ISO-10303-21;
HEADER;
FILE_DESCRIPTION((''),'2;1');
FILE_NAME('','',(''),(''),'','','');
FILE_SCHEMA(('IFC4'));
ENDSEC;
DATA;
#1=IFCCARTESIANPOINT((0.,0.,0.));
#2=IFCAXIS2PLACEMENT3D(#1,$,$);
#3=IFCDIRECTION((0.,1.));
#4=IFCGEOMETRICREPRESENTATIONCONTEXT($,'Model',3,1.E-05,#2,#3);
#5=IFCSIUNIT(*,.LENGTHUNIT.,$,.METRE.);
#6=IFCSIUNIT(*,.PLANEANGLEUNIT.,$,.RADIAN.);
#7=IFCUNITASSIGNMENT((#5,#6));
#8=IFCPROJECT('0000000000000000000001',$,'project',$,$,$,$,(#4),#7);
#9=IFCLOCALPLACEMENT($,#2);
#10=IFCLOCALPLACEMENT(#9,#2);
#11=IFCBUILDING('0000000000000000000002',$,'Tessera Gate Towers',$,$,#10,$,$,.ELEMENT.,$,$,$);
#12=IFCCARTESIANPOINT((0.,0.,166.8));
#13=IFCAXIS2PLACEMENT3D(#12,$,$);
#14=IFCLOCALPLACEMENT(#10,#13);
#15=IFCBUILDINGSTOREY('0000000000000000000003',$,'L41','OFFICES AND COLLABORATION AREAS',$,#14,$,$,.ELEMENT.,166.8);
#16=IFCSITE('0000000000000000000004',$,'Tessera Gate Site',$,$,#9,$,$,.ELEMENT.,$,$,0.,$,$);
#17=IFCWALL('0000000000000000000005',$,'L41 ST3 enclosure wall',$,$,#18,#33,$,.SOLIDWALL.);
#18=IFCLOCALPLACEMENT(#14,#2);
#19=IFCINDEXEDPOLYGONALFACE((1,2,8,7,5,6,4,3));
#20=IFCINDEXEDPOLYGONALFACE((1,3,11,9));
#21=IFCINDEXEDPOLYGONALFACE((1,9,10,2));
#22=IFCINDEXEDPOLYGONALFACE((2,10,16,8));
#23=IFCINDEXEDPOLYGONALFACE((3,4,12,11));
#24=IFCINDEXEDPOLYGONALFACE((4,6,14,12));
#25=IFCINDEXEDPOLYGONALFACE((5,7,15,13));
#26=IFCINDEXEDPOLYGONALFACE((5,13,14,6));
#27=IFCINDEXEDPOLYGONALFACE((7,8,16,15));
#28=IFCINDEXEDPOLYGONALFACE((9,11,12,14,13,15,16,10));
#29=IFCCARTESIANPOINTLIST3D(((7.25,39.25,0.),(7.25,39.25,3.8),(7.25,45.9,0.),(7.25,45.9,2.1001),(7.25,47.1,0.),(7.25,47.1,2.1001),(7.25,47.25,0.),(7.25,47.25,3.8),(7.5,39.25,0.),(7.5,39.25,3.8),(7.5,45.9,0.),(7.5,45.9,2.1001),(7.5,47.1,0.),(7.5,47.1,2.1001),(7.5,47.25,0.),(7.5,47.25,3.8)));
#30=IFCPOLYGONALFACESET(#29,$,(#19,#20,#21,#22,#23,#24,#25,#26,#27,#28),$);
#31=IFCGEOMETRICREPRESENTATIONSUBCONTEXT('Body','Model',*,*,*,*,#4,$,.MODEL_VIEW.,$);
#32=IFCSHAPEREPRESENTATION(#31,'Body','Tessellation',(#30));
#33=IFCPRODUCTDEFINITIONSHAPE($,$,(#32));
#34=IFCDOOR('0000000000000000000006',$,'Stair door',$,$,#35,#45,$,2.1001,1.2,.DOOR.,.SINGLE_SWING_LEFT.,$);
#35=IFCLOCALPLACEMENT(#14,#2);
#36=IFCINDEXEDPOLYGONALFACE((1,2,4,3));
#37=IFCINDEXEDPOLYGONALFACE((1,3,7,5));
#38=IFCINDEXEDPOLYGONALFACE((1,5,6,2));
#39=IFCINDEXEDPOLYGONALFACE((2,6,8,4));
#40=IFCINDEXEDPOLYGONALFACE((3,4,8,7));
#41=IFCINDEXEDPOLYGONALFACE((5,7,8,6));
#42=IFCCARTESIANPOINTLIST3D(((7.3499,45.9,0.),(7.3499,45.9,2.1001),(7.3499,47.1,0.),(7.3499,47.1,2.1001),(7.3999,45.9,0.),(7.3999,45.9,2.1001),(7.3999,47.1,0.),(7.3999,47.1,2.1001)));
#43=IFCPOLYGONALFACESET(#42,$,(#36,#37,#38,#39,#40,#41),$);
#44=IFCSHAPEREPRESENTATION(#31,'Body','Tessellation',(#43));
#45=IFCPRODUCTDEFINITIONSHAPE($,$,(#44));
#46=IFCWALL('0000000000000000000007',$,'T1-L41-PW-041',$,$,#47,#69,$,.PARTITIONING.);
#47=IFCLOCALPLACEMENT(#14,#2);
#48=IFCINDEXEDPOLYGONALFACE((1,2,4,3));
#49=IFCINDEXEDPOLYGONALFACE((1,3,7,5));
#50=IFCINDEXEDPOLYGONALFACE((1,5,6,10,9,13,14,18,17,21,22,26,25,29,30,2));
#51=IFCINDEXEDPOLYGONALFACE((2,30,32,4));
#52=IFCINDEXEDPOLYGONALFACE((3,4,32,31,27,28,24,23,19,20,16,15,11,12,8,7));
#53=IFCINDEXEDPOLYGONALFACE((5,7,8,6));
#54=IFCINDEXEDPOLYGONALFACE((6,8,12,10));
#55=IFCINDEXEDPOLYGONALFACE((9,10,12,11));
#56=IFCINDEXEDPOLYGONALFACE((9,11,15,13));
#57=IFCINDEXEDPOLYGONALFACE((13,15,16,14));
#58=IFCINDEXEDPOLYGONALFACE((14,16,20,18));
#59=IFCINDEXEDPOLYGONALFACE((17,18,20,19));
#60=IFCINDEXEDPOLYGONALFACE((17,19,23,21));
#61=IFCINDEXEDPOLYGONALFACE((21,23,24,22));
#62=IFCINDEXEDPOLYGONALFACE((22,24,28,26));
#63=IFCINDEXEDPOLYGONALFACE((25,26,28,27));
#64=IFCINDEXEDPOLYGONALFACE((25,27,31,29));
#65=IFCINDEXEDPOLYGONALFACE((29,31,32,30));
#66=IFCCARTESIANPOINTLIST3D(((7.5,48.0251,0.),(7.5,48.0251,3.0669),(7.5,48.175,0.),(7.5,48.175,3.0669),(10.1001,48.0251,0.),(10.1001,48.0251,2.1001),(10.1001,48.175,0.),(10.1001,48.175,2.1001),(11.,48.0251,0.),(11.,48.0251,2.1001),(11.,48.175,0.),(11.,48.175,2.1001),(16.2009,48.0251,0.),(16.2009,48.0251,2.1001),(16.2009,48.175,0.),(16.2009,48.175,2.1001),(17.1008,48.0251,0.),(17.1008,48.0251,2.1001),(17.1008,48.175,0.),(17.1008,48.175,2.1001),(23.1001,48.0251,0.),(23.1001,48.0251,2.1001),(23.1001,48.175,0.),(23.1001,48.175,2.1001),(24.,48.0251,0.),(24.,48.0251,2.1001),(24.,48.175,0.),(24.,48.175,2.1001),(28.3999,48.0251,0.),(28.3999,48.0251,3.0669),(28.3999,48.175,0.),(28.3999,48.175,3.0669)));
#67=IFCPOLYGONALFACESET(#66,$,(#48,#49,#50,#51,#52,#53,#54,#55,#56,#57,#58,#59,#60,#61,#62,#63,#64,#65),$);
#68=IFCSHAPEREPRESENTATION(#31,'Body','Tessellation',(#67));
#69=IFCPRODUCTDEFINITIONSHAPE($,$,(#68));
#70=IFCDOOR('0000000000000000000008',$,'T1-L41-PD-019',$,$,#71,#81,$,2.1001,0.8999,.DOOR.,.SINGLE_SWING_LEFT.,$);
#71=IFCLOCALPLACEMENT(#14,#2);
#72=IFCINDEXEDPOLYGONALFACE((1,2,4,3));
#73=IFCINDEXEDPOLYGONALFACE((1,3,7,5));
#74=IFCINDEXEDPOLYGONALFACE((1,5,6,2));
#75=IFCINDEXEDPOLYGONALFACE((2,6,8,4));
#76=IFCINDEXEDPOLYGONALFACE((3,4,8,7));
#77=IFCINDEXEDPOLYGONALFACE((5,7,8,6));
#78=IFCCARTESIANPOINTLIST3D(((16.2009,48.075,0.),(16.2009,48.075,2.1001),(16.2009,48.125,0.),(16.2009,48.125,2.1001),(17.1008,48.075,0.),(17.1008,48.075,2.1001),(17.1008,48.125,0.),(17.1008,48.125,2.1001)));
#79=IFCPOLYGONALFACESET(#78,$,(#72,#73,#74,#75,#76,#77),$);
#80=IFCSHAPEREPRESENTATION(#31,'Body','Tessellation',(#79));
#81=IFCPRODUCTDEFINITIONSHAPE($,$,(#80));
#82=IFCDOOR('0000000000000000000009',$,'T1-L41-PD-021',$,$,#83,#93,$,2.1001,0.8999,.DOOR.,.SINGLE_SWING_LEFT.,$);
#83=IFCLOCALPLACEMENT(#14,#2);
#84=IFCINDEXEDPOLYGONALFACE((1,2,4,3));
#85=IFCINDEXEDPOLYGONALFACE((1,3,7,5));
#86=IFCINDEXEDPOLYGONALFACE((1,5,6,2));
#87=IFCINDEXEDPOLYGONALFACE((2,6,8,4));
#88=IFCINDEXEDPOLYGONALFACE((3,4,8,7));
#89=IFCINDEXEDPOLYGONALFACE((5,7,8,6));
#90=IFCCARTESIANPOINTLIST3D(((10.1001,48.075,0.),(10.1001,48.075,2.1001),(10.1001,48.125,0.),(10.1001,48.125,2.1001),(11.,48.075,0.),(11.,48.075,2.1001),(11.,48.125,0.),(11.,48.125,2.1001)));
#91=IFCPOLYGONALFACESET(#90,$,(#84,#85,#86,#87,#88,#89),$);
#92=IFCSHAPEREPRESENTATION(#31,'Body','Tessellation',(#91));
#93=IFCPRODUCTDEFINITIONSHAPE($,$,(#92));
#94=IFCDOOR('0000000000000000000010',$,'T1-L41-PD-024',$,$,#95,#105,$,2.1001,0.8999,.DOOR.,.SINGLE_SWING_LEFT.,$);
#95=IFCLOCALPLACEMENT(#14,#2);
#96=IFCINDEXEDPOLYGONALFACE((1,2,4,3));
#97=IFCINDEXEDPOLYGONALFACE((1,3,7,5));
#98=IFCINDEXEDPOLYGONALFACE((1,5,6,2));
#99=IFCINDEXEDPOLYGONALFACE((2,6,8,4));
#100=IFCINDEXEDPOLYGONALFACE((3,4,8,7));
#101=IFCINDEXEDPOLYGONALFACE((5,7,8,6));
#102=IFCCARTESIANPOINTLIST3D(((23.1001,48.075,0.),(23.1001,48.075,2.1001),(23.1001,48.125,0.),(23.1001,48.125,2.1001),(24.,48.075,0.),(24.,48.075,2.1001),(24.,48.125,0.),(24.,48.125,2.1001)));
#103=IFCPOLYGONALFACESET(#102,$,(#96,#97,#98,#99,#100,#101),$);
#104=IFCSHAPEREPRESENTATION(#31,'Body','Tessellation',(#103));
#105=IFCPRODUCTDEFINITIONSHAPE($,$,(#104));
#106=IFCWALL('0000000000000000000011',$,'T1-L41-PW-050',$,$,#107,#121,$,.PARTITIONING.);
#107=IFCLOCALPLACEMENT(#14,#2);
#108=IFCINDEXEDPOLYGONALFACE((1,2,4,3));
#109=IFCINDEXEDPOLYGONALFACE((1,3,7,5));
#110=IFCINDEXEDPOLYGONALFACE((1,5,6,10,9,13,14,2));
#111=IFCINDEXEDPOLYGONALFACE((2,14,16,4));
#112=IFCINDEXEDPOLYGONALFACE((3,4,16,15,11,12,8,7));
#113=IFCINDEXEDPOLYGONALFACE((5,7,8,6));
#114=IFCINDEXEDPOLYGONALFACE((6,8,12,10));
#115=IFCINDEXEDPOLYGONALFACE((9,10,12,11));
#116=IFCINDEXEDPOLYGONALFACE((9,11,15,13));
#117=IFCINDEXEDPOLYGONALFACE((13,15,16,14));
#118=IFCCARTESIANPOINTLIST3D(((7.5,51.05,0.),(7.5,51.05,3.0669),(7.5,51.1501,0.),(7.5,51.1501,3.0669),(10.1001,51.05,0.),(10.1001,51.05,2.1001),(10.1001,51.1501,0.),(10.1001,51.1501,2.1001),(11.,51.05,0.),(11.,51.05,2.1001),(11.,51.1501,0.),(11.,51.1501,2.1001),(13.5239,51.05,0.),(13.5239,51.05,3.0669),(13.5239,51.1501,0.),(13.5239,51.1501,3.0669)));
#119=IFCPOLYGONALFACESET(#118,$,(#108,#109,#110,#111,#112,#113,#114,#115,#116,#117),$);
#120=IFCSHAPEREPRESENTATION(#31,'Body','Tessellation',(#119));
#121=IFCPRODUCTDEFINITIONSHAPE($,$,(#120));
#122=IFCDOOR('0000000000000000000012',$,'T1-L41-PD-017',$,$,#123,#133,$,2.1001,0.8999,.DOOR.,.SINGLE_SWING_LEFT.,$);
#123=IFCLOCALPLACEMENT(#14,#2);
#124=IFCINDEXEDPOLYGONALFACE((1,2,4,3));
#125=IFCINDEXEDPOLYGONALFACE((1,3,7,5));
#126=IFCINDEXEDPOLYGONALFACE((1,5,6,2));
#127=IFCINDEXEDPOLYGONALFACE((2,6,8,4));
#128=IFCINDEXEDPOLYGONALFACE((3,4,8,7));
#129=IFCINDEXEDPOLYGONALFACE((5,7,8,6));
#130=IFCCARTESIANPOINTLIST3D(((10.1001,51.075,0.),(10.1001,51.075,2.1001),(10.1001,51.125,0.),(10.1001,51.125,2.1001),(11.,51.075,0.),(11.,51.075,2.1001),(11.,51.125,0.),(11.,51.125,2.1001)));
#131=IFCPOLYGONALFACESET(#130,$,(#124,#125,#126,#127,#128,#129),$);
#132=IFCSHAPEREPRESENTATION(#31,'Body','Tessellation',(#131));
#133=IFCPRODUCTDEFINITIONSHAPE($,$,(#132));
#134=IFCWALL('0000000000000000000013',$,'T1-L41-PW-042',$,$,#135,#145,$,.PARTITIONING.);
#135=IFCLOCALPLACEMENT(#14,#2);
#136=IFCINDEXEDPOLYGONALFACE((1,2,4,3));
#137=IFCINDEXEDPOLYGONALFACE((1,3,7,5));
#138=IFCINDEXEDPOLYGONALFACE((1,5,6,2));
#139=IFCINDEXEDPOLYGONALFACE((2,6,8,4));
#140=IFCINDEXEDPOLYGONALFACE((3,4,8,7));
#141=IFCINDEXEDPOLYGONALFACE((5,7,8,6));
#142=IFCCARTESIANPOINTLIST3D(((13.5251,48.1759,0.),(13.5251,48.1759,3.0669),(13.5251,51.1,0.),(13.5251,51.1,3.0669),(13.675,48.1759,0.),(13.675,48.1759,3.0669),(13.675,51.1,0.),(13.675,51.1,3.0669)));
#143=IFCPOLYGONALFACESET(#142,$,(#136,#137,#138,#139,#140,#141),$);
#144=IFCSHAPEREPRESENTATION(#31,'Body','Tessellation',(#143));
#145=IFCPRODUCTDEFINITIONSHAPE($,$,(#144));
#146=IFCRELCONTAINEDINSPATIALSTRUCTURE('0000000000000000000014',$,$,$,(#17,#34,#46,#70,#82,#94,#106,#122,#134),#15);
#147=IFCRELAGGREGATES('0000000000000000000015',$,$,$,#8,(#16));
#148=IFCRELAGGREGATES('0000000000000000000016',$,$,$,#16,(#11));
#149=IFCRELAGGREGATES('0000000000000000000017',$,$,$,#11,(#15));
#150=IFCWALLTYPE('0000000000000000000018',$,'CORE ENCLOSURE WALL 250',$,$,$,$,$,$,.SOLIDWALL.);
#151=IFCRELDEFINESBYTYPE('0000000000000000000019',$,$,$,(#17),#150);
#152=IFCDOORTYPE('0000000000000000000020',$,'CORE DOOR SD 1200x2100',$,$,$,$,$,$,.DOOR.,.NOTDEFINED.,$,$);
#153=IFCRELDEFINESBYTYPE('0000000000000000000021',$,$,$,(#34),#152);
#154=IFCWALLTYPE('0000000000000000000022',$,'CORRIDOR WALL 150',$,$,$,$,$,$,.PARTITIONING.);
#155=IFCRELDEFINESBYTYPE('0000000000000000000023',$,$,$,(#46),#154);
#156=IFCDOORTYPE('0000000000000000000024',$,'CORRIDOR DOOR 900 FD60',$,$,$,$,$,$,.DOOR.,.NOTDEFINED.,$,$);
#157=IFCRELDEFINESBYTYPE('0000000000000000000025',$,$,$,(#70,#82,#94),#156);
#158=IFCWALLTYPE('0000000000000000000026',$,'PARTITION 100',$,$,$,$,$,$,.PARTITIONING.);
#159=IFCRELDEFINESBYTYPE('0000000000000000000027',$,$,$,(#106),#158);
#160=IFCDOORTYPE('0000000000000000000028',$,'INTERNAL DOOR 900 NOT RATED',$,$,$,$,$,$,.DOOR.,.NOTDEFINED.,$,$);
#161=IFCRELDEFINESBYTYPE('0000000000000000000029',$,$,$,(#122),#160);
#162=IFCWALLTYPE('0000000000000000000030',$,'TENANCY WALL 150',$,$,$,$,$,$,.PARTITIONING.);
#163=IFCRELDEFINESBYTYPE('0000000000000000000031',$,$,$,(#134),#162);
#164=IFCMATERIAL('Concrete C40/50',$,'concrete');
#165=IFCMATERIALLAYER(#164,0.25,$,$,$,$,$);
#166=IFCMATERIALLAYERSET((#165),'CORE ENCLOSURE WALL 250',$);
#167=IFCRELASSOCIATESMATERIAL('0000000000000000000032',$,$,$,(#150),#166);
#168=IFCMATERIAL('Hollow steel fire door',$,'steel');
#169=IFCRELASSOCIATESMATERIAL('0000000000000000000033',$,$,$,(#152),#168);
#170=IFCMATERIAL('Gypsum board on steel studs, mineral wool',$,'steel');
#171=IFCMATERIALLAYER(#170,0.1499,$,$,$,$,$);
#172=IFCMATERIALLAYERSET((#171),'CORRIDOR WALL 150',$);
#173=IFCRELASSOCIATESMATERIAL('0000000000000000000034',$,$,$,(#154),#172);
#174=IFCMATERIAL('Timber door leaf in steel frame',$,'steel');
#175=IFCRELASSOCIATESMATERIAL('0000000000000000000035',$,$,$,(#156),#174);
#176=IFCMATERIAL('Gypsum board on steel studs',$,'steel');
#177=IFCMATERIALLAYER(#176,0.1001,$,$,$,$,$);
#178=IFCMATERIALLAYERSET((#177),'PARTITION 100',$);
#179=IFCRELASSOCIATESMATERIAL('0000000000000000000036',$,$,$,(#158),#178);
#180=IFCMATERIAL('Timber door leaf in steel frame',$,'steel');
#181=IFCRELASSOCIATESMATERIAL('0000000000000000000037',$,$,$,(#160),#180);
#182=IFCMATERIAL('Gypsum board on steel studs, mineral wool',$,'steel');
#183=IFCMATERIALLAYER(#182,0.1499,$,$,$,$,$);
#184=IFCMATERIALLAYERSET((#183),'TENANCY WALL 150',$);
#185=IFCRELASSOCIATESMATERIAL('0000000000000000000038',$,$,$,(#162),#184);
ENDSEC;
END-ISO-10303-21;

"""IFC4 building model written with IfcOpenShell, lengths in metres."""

from ifc_helpers import new_model, si_unit, direction, frame, frame_2d, origin, place, context, subcontext, project, spatial, rectangle, extrude, source, transform, mapped, material, layer, layer_set, type_object, element, fill, save


model = new_model("IFC4")

# Units and contexts
model_context = context("Model", 3, precision=1e-05, world=origin(), true_north=direction((0.0, 1.0)))
body_context = subcontext(model_context, "Body", "Model", "MODEL_VIEW")
ifc_project = project(units=[si_unit("LENGTHUNIT", "METRE"), si_unit("PLANEANGLEUNIT", "RADIAN")], contexts=[model_context])

# Site, building, storey
site_placement = place(None, origin())
site = spatial("IfcSite", under=ifc_project, at=site_placement, Name="Tessera Gate Site", CompositionType="ELEMENT", RefElevation=0.0)
building_placement = place(site_placement, origin())
building = spatial("IfcBuilding", under=site, at=building_placement, Name="Tessera Gate Towers", CompositionType="ELEMENT")
storey_placement = place(building_placement, frame((0.0, 0.0, 166.8)))
storey = spatial("IfcBuildingStorey", under=building, at=storey_placement, Name="L41", Description="OFFICES AND COLLABORATION AREAS", CompositionType="ELEMENT", Elevation=166.8)

# Shared definitions
ifc_material_1 = material(Name="Concrete C40/50", Category="concrete")
ifc_layer_1 = layer(ifc_material_1, 0.25)
ifc_layer_set_1 = layer_set([ifc_layer_1], Name="CORE ENCLOSURE WALL 250")
wall_type_1 = type_object("IfcWallType", Name="CORE ENCLOSURE WALL 250", PredefinedType="SOLIDWALL", material=ifc_layer_set_1)

# Wall, opening, door
wall_1_placement = place(storey_placement, frame((7.375, 47.25, 0.0), z_axis=(0.0, 0.0, 1.0), x_axis=(0.0, -1.0, 0.0)))
wall_1 = element("IfcWall", 1, at=wall_1_placement, inside=storey, type_object=wall_type_1, Name="L41 ST3 enclosure wall", PredefinedType="SOLIDWALL", context=body_context, shape_type="SweptSolid", body=[
    extrude(rectangle(XDim=8.0, YDim=0.25, at=frame_2d((4.0, 0.0))), origin(), (0.0, 0.0, 1.0), 3.8),
])
shared_shape_1 = source(origin(), body_context, "Body", "SweptSolid", [
    extrude(rectangle(XDim=1.2, YDim=2.1001, at=frame_2d((0.6001, 1.05))), frame((0.0, 0.135, 0.0), z_axis=(0.0, -1.0, 0.0), x_axis=(1.0, 0.0, 0.0)), (0.0, 0.0, 1.0), 0.27),
])
opening_1_placement = place(wall_1_placement, frame((0.1499, 0.0, 0.0)))
opening_1 = element("IfcOpeningElement", 2, at=opening_1_placement, cuts=wall_1, PredefinedType="OPENING", context=body_context, shape_type="MappedRepresentation", body=[
    mapped(shared_shape_1, transform((0.0, 0.0, 0.0), scale=1.0)),
])
ifc_material_2 = material(Name="Hollow steel fire door", Category="steel")
door_type_1 = type_object("IfcDoorType", Name="CORE DOOR SD 1200x2100", OperationType="NOTDEFINED", PredefinedType="DOOR", material=ifc_material_2)
shared_shape_2 = source(origin(), body_context, "Body", "SweptSolid", [
    extrude(rectangle(XDim=1.2, YDim=2.1001, at=frame_2d((0.6001, 1.05))), frame((0.0, 0.0249, 0.0), z_axis=(0.0, -1.0, 0.0), x_axis=(1.0, 0.0, 0.0)), (0.0, 0.0, 1.0), 0.05),
])
door_1_placement = place(opening_1_placement, origin())
door_1 = element("IfcDoor", 3, at=door_1_placement, inside=storey, type_object=door_type_1, Name="Stair door", OperationType="SINGLE_SWING_LEFT", OverallHeight=2.1001, OverallWidth=1.2, PredefinedType="DOOR", context=body_context, shape_type="MappedRepresentation", body=[
    mapped(shared_shape_2, transform((0.0, 0.0, 0.0), scale=1.0)),
])
fill(opening_1, door_1)

# Wall, openings, doors
ifc_material_3 = material(Name="Gypsum board on steel studs, mineral wool", Category="steel")
ifc_layer_2 = layer(ifc_material_3, 0.1499)
ifc_layer_set_2 = layer_set([ifc_layer_2], Name="CORRIDOR WALL 150")
wall_type_2 = type_object("IfcWallType", Name="CORRIDOR WALL 150", PredefinedType="PARTITIONING", material=ifc_layer_set_2)
wall_2_placement = place(storey_placement, frame((7.5, 48.1001, 0.0), z_axis=(0.0, 0.0, 1.0), x_axis=(1.0, 0.0, 0.0)))
wall_2 = element("IfcWall", 4, at=wall_2_placement, inside=storey, type_object=wall_type_2, Name="T1-L41-PW-041", PredefinedType="PARTITIONING", context=body_context, shape_type="SweptSolid", body=[
    extrude(rectangle(XDim=20.8999, YDim=0.1499, at=frame_2d((10.45, 0.0))), origin(), (0.0, 0.0, 1.0), 3.0669),
])
shared_shape_3 = source(origin(), body_context, "Body", "SweptSolid", [
    extrude(rectangle(XDim=0.8999, YDim=2.1001, at=frame_2d((0.45, 1.05))), frame((0.0, 0.085, 0.0), z_axis=(0.0, -1.0, 0.0), x_axis=(1.0, 0.0, 0.0)), (0.0, 0.0, 1.0), 0.1699),
])
opening_2_placement = place(wall_2_placement, frame((8.7009, 0.0, 0.0)))
opening_2 = element("IfcOpeningElement", 5, at=opening_2_placement, cuts=wall_2, PredefinedType="OPENING", context=body_context, shape_type="MappedRepresentation", body=[
    mapped(shared_shape_3, transform((0.0, 0.0, 0.0), scale=1.0)),
])
opening_3_placement = place(wall_2_placement, frame((2.6001, 0.0, 0.0)))
opening_3 = element("IfcOpeningElement", 6, at=opening_3_placement, cuts=wall_2, PredefinedType="OPENING", context=body_context, shape_type="MappedRepresentation", body=[
    mapped(shared_shape_3, transform((0.0, 0.0, 0.0), scale=1.0)),
])
opening_4_placement = place(wall_2_placement, frame((15.6001, 0.0, 0.0)))
opening_4 = element("IfcOpeningElement", 7, at=opening_4_placement, cuts=wall_2, PredefinedType="OPENING", context=body_context, shape_type="MappedRepresentation", body=[
    mapped(shared_shape_3, transform((0.0, 0.0, 0.0), scale=1.0)),
])
ifc_material_4 = material(Name="Timber door leaf in steel frame", Category="steel")
door_type_2 = type_object("IfcDoorType", Name="CORRIDOR DOOR 900 FD60", OperationType="NOTDEFINED", PredefinedType="DOOR", material=ifc_material_4)
shared_shape_4 = source(origin(), body_context, "Body", "SweptSolid", [
    extrude(rectangle(XDim=0.8999, YDim=2.1001, at=frame_2d((0.45, 1.05))), frame((0.0, 0.0249, 0.0), z_axis=(0.0, -1.0, 0.0), x_axis=(1.0, 0.0, 0.0)), (0.0, 0.0, 1.0), 0.05),
])
door_2_placement = place(opening_2_placement, origin())
door_2 = element("IfcDoor", 8, at=door_2_placement, inside=storey, type_object=door_type_2, Name="T1-L41-PD-019", OperationType="SINGLE_SWING_LEFT", OverallHeight=2.1001, OverallWidth=0.8999, PredefinedType="DOOR", context=body_context, shape_type="MappedRepresentation", body=[
    mapped(shared_shape_4, transform((0.0, 0.0, 0.0), scale=1.0)),
])
fill(opening_2, door_2)
door_3_placement = place(opening_3_placement, origin())
door_3 = element("IfcDoor", 9, at=door_3_placement, inside=storey, type_object=door_type_2, Name="T1-L41-PD-021", OperationType="SINGLE_SWING_LEFT", OverallHeight=2.1001, OverallWidth=0.8999, PredefinedType="DOOR", context=body_context, shape_type="MappedRepresentation", body=[
    mapped(shared_shape_4, transform((0.0, 0.0, 0.0), scale=1.0)),
])
fill(opening_3, door_3)
door_4_placement = place(opening_4_placement, origin())
door_4 = element("IfcDoor", 10, at=door_4_placement, inside=storey, type_object=door_type_2, Name="T1-L41-PD-024", OperationType="SINGLE_SWING_LEFT", OverallHeight=2.1001, OverallWidth=0.8999, PredefinedType="DOOR", context=body_context, shape_type="MappedRepresentation", body=[
    mapped(shared_shape_4, transform((0.0, 0.0, 0.0), scale=1.0)),
])
fill(opening_4, door_4)

# Wall, opening, door
ifc_material_5 = material(Name="Gypsum board on steel studs", Category="steel")
ifc_layer_3 = layer(ifc_material_5, 0.1001)
ifc_layer_set_3 = layer_set([ifc_layer_3], Name="PARTITION 100")
wall_type_3 = type_object("IfcWallType", Name="PARTITION 100", PredefinedType="PARTITIONING", material=ifc_layer_set_3)
wall_3_placement = place(storey_placement, frame((7.5, 51.1001, 0.0), z_axis=(0.0, 0.0, 1.0), x_axis=(1.0, 0.0, 0.0)))
wall_3 = element("IfcWall", 11, at=wall_3_placement, inside=storey, type_object=wall_type_3, Name="T1-L41-PW-050", PredefinedType="PARTITIONING", context=body_context, shape_type="SweptSolid", body=[
    extrude(rectangle(XDim=6.0239, YDim=0.1001, at=frame_2d((3.012, 0.0))), origin(), (0.0, 0.0, 1.0), 3.0669),
])
shared_shape_5 = source(origin(), body_context, "Body", "SweptSolid", [
    extrude(rectangle(XDim=0.8999, YDim=2.1001, at=frame_2d((0.45, 1.05))), frame((0.0, 0.0601, 0.0), z_axis=(0.0, -1.0, 0.0), x_axis=(1.0, 0.0, 0.0)), (0.0, 0.0, 1.0), 0.1201),
])
opening_5_placement = place(wall_3_placement, frame((2.6001, 0.0, 0.0)))
opening_5 = element("IfcOpeningElement", 12, at=opening_5_placement, cuts=wall_3, PredefinedType="OPENING", context=body_context, shape_type="MappedRepresentation", body=[
    mapped(shared_shape_5, transform((0.0, 0.0, 0.0), scale=1.0)),
])
ifc_material_6 = material(Name="Timber door leaf in steel frame", Category="steel")
door_type_3 = type_object("IfcDoorType", Name="INTERNAL DOOR 900 NOT RATED", OperationType="NOTDEFINED", PredefinedType="DOOR", material=ifc_material_6)
door_5_placement = place(opening_5_placement, origin())
door_5 = element("IfcDoor", 13, at=door_5_placement, inside=storey, type_object=door_type_3, Name="T1-L41-PD-017", OperationType="SINGLE_SWING_LEFT", OverallHeight=2.1001, OverallWidth=0.8999, PredefinedType="DOOR", context=body_context, shape_type="MappedRepresentation", body=[
    mapped(shared_shape_4, transform((0.0, 0.0, 0.0), scale=1.0)),
])
fill(opening_5, door_5)

# Wall
ifc_material_7 = material(Name="Gypsum board on steel studs, mineral wool", Category="steel")
ifc_layer_4 = layer(ifc_material_7, 0.1499)
ifc_layer_set_4 = layer_set([ifc_layer_4], Name="TENANCY WALL 150")
wall_type_4 = type_object("IfcWallType", Name="TENANCY WALL 150", PredefinedType="PARTITIONING", material=ifc_layer_set_4)
wall_4_placement = place(storey_placement, frame((13.6001, 48.176, 0.0), z_axis=(0.0, 0.0, 1.0), x_axis=(0.0, 1.0, 0.0)))
element("IfcWall", 14, at=wall_4_placement, inside=storey, type_object=wall_type_4, Name="T1-L41-PW-042", PredefinedType="PARTITIONING", context=body_context, shape_type="SweptSolid", body=[
    extrude(rectangle(XDim=2.9241, YDim=0.1499, at=frame_2d((1.4619, 0.0))), origin(), (0.0, 0.0, 1.0), 3.0669),
])

save(model, "model.ifc")
